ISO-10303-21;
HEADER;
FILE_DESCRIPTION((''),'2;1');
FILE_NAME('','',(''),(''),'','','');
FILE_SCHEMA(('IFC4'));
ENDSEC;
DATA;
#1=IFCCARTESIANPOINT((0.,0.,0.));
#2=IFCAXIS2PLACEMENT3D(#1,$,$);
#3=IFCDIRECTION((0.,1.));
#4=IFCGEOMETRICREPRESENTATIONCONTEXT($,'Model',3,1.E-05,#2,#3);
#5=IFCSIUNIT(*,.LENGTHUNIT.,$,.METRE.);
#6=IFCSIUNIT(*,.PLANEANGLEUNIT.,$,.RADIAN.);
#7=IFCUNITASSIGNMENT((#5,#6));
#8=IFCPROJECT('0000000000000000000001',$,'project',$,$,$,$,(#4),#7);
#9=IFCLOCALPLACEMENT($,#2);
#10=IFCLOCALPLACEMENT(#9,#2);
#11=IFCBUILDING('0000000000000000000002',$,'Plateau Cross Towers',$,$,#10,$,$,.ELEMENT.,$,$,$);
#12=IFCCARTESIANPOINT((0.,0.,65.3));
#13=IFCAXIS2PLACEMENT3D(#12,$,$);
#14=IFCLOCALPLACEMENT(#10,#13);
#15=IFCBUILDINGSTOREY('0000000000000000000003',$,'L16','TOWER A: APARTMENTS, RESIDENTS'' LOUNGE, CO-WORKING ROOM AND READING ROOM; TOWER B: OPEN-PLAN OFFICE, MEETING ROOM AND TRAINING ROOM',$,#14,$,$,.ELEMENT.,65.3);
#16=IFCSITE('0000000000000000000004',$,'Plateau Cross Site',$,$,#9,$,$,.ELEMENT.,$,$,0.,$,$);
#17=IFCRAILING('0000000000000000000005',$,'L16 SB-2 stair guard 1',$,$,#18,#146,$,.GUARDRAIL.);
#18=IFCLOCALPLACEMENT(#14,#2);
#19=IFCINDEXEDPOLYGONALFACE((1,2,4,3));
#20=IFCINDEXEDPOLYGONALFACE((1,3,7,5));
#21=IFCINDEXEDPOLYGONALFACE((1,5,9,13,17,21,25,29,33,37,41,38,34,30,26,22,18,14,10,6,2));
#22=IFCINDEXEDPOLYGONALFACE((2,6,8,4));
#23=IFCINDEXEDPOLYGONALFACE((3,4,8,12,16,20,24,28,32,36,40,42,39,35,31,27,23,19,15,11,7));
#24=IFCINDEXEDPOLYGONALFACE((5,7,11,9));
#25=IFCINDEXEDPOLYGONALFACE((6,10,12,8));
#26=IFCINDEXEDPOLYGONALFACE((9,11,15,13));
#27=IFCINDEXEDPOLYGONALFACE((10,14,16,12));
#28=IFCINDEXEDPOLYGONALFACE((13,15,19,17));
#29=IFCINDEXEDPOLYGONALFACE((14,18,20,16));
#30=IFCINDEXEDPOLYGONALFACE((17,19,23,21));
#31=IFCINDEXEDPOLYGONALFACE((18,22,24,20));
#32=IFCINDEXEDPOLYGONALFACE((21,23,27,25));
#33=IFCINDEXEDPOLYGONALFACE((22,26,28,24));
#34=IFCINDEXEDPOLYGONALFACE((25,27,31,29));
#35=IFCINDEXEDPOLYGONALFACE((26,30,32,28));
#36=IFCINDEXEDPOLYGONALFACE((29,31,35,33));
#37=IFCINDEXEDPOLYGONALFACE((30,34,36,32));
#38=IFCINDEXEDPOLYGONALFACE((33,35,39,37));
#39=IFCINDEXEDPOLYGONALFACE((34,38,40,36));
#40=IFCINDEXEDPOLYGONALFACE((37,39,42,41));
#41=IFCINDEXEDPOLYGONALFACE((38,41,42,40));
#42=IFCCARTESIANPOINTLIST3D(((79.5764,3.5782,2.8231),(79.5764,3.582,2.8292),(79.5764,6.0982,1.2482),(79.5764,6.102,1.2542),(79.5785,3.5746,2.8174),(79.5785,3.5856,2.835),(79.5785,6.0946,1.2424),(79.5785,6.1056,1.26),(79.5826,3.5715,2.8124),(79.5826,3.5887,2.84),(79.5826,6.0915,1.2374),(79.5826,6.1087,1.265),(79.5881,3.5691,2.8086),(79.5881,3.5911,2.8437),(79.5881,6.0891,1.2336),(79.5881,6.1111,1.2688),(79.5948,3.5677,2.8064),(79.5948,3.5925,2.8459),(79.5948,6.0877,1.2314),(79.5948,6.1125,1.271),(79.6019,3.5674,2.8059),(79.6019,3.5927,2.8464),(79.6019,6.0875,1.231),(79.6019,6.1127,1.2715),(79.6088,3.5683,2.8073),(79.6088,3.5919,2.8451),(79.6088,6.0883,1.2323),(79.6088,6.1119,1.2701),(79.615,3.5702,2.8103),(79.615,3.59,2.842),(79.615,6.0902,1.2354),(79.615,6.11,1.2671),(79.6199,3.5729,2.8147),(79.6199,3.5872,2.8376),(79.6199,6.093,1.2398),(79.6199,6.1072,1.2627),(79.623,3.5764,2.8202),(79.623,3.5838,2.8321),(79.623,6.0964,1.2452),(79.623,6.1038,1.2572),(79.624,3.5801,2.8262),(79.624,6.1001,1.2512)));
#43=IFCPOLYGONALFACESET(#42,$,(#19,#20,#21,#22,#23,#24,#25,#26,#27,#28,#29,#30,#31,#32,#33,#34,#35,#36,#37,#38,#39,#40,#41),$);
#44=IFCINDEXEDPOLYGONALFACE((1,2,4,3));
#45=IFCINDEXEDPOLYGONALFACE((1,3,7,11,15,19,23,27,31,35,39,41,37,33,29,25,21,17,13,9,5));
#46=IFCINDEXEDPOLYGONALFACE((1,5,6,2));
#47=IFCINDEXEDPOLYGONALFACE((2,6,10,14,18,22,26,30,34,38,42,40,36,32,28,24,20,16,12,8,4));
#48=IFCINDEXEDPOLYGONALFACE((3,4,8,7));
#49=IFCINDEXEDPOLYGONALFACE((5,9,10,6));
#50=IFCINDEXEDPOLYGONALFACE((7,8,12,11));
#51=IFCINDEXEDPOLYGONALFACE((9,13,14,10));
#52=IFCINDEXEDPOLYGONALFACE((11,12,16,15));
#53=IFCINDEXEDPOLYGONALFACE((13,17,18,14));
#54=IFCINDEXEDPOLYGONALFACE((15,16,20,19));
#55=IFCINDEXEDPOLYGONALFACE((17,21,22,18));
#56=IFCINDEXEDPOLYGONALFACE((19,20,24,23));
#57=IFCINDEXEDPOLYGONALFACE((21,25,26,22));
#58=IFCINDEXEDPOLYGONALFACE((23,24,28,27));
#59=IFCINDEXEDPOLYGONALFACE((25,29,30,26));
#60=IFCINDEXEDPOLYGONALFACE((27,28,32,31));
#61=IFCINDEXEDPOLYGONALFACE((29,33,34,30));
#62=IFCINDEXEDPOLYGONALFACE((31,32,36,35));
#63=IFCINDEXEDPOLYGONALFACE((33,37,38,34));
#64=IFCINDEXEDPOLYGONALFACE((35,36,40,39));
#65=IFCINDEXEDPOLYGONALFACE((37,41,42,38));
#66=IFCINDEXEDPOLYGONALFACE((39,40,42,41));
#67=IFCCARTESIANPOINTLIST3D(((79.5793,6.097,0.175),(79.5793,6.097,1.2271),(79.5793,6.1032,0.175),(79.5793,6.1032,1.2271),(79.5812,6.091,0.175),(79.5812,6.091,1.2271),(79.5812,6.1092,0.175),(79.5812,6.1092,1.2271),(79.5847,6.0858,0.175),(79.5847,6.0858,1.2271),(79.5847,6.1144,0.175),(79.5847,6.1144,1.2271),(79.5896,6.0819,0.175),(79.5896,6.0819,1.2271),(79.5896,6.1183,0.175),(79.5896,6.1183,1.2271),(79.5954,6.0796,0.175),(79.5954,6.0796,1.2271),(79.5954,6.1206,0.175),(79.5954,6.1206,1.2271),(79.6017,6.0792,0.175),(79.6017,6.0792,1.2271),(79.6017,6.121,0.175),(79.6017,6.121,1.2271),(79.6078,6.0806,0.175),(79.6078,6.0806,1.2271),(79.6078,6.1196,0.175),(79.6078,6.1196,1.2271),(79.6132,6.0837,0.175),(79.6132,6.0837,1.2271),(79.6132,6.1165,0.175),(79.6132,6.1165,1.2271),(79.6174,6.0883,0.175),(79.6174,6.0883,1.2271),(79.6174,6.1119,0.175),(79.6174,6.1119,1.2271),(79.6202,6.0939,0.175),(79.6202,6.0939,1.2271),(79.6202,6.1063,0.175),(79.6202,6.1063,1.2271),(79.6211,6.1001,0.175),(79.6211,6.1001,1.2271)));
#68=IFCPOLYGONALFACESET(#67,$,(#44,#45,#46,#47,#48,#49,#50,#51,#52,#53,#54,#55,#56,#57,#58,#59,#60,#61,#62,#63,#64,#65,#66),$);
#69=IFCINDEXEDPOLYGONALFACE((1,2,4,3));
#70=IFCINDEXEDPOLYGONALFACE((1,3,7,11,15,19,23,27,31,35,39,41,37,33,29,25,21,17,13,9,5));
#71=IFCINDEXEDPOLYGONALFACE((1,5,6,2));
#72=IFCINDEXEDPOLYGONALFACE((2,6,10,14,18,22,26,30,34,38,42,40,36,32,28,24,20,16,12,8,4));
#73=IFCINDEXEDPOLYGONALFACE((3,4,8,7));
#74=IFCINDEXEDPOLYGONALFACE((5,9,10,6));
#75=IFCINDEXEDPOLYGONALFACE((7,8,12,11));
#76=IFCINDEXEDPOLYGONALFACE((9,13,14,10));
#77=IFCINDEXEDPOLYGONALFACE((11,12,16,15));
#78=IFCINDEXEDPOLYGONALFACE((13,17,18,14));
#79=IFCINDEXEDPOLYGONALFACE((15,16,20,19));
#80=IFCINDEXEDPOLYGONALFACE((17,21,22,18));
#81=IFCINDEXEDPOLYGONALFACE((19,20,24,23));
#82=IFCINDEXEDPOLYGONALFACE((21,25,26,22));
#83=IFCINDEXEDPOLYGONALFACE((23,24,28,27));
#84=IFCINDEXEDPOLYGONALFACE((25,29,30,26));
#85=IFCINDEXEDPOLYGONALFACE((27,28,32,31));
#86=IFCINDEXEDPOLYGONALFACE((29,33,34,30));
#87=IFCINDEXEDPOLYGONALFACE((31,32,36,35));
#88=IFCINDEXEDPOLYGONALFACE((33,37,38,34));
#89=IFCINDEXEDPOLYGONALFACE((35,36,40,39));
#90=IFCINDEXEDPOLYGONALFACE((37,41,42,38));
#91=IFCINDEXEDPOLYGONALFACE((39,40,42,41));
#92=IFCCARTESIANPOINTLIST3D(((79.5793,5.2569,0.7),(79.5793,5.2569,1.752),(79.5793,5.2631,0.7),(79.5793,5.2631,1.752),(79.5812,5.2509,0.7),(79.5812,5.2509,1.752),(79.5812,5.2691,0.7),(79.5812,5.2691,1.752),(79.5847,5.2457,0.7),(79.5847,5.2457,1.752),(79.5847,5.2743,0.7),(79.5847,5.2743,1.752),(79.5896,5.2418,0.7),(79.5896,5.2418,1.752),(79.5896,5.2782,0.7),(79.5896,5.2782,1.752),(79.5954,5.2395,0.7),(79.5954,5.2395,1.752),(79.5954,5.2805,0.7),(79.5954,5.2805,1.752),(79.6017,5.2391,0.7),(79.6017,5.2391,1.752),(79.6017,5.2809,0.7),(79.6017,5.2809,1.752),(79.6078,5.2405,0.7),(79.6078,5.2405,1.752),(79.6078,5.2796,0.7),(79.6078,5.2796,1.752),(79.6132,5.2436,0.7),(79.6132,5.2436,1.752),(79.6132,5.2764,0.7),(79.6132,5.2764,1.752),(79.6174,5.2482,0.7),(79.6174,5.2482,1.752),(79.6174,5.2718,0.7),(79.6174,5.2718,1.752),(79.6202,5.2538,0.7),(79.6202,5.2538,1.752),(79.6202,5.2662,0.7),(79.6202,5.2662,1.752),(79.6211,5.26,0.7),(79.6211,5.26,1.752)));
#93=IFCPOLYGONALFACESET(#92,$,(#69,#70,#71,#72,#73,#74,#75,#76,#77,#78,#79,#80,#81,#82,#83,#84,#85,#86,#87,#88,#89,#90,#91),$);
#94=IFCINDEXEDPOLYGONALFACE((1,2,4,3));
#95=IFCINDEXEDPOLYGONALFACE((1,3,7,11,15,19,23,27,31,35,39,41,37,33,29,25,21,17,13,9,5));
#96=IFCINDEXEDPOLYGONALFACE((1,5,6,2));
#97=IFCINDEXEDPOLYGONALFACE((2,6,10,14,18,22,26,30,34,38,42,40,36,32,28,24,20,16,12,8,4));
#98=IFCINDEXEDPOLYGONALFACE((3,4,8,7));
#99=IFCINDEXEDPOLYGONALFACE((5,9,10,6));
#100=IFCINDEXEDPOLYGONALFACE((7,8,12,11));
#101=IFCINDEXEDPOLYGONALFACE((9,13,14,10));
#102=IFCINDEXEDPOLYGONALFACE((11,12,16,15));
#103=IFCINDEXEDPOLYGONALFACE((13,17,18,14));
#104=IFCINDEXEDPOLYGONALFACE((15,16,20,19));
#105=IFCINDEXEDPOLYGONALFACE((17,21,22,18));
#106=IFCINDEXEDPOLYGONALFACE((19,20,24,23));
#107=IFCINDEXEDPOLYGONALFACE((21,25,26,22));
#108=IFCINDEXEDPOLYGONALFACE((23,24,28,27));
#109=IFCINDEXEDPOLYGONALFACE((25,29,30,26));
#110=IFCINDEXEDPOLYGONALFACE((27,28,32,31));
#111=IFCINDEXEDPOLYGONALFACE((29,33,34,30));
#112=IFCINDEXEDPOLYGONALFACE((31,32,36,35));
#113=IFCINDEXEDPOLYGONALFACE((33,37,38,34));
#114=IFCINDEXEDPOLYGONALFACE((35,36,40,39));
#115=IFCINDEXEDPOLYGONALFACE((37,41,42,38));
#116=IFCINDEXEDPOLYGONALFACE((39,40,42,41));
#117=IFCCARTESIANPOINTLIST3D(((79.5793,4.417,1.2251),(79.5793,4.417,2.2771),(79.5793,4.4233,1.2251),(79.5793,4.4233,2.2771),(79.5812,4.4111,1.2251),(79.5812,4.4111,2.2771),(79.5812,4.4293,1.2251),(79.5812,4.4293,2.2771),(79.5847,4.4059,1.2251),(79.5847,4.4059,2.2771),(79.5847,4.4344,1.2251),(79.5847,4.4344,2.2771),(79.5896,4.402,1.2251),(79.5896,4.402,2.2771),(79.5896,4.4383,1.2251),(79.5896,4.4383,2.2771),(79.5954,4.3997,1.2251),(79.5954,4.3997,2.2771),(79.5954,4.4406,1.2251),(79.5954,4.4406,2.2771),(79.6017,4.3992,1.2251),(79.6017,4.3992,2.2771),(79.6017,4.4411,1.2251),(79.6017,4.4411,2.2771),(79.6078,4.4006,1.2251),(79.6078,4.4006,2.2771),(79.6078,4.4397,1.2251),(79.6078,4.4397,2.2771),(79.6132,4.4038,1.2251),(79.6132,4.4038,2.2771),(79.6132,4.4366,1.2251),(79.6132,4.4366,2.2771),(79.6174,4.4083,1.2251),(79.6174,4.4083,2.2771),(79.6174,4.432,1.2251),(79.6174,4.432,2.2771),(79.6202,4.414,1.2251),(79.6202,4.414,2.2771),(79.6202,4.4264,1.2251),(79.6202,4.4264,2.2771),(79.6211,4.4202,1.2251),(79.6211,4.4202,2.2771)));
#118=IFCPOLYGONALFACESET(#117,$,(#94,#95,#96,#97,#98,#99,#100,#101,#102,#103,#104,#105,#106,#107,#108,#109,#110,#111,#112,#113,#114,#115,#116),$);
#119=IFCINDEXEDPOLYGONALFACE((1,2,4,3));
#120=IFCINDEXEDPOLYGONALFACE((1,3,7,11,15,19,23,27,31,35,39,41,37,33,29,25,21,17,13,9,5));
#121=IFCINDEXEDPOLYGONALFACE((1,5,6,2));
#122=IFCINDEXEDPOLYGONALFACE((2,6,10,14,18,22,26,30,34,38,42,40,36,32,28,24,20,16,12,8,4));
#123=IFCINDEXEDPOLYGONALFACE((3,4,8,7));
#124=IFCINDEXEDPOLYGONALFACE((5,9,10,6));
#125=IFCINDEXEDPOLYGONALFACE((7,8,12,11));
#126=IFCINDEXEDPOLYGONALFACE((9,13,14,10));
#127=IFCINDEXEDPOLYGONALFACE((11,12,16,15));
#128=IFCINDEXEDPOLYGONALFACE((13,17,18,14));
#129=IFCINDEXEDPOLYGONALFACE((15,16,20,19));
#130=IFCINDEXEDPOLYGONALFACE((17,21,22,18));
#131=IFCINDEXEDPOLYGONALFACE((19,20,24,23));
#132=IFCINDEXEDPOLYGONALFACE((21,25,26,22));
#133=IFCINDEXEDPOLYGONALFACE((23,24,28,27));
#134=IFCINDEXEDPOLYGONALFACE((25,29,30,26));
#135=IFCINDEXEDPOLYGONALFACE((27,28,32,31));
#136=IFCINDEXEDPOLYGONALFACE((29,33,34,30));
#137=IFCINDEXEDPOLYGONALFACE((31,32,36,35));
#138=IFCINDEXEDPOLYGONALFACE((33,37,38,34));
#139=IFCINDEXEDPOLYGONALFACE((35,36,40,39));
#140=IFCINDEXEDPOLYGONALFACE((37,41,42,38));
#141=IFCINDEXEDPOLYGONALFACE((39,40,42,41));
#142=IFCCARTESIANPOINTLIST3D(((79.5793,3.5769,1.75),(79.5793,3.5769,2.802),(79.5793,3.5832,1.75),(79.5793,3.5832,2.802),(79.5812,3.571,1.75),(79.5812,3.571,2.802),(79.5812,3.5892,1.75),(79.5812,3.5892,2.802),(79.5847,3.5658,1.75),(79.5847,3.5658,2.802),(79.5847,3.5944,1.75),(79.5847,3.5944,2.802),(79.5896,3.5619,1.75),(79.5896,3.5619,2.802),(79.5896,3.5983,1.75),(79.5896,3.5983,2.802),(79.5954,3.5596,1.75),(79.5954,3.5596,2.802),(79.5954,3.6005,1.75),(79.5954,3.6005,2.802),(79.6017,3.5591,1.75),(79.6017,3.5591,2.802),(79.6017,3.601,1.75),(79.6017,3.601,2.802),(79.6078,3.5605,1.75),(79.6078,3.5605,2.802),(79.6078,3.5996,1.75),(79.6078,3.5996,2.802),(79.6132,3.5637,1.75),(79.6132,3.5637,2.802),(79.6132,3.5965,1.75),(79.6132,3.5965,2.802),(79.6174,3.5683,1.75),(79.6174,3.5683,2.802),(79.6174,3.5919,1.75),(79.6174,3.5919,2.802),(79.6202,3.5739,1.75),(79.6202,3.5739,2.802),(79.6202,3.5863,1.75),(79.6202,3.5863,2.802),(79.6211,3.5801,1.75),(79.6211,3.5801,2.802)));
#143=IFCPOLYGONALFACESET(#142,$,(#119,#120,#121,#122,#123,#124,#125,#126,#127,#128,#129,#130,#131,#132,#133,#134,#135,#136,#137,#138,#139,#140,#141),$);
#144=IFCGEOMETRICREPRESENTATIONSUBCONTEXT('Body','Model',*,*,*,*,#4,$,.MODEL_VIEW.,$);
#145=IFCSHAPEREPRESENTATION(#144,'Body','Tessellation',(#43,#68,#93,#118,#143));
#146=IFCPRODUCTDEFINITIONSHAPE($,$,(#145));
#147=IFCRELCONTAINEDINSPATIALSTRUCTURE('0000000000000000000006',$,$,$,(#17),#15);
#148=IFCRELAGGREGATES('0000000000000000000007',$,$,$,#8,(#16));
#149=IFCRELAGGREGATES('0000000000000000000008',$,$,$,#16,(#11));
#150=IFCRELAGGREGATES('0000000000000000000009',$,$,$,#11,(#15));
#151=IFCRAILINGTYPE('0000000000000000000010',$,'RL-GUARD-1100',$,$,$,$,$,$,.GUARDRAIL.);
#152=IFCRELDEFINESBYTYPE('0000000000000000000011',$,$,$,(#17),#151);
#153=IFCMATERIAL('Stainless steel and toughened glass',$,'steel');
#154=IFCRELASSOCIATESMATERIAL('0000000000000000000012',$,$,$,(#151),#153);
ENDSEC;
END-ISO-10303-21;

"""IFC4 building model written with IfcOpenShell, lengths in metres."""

from ifc_helpers import new_model, si_unit, direction, frame, origin, origin_2d, place, context, subcontext, project, spatial, circle, extrude, material, type_object, element, save


model = new_model("IFC4")

# Units and contexts
model_context = context("Model", 3, precision=1e-05, world=origin(), true_north=direction((0.0, 1.0)))
body_context = subcontext(model_context, "Body", "Model", "MODEL_VIEW")
ifc_project = project(units=[si_unit("LENGTHUNIT", "METRE"), si_unit("PLANEANGLEUNIT", "RADIAN")], contexts=[model_context])

# Site, building, storey
site_placement = place(None, origin())
site = spatial("IfcSite", under=ifc_project, at=site_placement, Name="Plateau Cross Site", CompositionType="ELEMENT", RefElevation=0.0)
building_placement = place(site_placement, origin())
building = spatial("IfcBuilding", under=site, at=building_placement, Name="Plateau Cross Towers", CompositionType="ELEMENT")
storey_placement = place(building_placement, frame((0.0, 0.0, 65.3)))
storey = spatial("IfcBuildingStorey", under=building, at=storey_placement, Name="L16", Description="TOWER A: APARTMENTS, RESIDENTS' LOUNGE, CO-WORKING ROOM AND READING ROOM; TOWER B: OPEN-PLAN OFFICE, MEETING ROOM AND TRAINING ROOM", CompositionType="ELEMENT", Elevation=65.3)

# Railing
ifc_material_1 = material(Name="Stainless steel and toughened glass", Category="steel")
railing_type_1 = type_object("IfcRailingType", Name="RL-GUARD-1100", PredefinedType="GUARDRAIL", material=ifc_material_1)
railing_1_placement = place(storey_placement, frame((79.6001, 6.1001, 0.175)))
element("IfcRailing", 1, at=railing_1_placement, inside=storey, type_object=railing_type_1, Name="L16 SB-2 stair guard 1", PredefinedType="GUARDRAIL", context=body_context, shape_type="SweptSolid", body=[
    extrude(circle(Radius=0.0239, at=origin_2d()), frame((0.0, 0.0, 1.0762), z_axis=(0.0, -0.848008, 0.529984), x_axis=(1.0, 0.0, 0.0)), (0.0, 0.0, 1.0), 2.9717),
    extrude(circle(Radius=0.021, at=origin_2d()), origin(), (0.0, 0.0, 1.0), 1.052),
    extrude(circle(Radius=0.021, at=origin_2d()), frame((0.0, -0.8401, 0.5249)), (0.0, 0.0, 1.0), 1.052),
    extrude(circle(Radius=0.021, at=origin_2d()), frame((0.0, -1.6799, 1.05)), (0.0, 0.0, 1.0), 1.052),
    extrude(circle(Radius=0.021, at=origin_2d()), frame((0.0, -2.52, 1.575)), (0.0, 0.0, 1.0), 1.052),
])

save(model, "model.ifc")
